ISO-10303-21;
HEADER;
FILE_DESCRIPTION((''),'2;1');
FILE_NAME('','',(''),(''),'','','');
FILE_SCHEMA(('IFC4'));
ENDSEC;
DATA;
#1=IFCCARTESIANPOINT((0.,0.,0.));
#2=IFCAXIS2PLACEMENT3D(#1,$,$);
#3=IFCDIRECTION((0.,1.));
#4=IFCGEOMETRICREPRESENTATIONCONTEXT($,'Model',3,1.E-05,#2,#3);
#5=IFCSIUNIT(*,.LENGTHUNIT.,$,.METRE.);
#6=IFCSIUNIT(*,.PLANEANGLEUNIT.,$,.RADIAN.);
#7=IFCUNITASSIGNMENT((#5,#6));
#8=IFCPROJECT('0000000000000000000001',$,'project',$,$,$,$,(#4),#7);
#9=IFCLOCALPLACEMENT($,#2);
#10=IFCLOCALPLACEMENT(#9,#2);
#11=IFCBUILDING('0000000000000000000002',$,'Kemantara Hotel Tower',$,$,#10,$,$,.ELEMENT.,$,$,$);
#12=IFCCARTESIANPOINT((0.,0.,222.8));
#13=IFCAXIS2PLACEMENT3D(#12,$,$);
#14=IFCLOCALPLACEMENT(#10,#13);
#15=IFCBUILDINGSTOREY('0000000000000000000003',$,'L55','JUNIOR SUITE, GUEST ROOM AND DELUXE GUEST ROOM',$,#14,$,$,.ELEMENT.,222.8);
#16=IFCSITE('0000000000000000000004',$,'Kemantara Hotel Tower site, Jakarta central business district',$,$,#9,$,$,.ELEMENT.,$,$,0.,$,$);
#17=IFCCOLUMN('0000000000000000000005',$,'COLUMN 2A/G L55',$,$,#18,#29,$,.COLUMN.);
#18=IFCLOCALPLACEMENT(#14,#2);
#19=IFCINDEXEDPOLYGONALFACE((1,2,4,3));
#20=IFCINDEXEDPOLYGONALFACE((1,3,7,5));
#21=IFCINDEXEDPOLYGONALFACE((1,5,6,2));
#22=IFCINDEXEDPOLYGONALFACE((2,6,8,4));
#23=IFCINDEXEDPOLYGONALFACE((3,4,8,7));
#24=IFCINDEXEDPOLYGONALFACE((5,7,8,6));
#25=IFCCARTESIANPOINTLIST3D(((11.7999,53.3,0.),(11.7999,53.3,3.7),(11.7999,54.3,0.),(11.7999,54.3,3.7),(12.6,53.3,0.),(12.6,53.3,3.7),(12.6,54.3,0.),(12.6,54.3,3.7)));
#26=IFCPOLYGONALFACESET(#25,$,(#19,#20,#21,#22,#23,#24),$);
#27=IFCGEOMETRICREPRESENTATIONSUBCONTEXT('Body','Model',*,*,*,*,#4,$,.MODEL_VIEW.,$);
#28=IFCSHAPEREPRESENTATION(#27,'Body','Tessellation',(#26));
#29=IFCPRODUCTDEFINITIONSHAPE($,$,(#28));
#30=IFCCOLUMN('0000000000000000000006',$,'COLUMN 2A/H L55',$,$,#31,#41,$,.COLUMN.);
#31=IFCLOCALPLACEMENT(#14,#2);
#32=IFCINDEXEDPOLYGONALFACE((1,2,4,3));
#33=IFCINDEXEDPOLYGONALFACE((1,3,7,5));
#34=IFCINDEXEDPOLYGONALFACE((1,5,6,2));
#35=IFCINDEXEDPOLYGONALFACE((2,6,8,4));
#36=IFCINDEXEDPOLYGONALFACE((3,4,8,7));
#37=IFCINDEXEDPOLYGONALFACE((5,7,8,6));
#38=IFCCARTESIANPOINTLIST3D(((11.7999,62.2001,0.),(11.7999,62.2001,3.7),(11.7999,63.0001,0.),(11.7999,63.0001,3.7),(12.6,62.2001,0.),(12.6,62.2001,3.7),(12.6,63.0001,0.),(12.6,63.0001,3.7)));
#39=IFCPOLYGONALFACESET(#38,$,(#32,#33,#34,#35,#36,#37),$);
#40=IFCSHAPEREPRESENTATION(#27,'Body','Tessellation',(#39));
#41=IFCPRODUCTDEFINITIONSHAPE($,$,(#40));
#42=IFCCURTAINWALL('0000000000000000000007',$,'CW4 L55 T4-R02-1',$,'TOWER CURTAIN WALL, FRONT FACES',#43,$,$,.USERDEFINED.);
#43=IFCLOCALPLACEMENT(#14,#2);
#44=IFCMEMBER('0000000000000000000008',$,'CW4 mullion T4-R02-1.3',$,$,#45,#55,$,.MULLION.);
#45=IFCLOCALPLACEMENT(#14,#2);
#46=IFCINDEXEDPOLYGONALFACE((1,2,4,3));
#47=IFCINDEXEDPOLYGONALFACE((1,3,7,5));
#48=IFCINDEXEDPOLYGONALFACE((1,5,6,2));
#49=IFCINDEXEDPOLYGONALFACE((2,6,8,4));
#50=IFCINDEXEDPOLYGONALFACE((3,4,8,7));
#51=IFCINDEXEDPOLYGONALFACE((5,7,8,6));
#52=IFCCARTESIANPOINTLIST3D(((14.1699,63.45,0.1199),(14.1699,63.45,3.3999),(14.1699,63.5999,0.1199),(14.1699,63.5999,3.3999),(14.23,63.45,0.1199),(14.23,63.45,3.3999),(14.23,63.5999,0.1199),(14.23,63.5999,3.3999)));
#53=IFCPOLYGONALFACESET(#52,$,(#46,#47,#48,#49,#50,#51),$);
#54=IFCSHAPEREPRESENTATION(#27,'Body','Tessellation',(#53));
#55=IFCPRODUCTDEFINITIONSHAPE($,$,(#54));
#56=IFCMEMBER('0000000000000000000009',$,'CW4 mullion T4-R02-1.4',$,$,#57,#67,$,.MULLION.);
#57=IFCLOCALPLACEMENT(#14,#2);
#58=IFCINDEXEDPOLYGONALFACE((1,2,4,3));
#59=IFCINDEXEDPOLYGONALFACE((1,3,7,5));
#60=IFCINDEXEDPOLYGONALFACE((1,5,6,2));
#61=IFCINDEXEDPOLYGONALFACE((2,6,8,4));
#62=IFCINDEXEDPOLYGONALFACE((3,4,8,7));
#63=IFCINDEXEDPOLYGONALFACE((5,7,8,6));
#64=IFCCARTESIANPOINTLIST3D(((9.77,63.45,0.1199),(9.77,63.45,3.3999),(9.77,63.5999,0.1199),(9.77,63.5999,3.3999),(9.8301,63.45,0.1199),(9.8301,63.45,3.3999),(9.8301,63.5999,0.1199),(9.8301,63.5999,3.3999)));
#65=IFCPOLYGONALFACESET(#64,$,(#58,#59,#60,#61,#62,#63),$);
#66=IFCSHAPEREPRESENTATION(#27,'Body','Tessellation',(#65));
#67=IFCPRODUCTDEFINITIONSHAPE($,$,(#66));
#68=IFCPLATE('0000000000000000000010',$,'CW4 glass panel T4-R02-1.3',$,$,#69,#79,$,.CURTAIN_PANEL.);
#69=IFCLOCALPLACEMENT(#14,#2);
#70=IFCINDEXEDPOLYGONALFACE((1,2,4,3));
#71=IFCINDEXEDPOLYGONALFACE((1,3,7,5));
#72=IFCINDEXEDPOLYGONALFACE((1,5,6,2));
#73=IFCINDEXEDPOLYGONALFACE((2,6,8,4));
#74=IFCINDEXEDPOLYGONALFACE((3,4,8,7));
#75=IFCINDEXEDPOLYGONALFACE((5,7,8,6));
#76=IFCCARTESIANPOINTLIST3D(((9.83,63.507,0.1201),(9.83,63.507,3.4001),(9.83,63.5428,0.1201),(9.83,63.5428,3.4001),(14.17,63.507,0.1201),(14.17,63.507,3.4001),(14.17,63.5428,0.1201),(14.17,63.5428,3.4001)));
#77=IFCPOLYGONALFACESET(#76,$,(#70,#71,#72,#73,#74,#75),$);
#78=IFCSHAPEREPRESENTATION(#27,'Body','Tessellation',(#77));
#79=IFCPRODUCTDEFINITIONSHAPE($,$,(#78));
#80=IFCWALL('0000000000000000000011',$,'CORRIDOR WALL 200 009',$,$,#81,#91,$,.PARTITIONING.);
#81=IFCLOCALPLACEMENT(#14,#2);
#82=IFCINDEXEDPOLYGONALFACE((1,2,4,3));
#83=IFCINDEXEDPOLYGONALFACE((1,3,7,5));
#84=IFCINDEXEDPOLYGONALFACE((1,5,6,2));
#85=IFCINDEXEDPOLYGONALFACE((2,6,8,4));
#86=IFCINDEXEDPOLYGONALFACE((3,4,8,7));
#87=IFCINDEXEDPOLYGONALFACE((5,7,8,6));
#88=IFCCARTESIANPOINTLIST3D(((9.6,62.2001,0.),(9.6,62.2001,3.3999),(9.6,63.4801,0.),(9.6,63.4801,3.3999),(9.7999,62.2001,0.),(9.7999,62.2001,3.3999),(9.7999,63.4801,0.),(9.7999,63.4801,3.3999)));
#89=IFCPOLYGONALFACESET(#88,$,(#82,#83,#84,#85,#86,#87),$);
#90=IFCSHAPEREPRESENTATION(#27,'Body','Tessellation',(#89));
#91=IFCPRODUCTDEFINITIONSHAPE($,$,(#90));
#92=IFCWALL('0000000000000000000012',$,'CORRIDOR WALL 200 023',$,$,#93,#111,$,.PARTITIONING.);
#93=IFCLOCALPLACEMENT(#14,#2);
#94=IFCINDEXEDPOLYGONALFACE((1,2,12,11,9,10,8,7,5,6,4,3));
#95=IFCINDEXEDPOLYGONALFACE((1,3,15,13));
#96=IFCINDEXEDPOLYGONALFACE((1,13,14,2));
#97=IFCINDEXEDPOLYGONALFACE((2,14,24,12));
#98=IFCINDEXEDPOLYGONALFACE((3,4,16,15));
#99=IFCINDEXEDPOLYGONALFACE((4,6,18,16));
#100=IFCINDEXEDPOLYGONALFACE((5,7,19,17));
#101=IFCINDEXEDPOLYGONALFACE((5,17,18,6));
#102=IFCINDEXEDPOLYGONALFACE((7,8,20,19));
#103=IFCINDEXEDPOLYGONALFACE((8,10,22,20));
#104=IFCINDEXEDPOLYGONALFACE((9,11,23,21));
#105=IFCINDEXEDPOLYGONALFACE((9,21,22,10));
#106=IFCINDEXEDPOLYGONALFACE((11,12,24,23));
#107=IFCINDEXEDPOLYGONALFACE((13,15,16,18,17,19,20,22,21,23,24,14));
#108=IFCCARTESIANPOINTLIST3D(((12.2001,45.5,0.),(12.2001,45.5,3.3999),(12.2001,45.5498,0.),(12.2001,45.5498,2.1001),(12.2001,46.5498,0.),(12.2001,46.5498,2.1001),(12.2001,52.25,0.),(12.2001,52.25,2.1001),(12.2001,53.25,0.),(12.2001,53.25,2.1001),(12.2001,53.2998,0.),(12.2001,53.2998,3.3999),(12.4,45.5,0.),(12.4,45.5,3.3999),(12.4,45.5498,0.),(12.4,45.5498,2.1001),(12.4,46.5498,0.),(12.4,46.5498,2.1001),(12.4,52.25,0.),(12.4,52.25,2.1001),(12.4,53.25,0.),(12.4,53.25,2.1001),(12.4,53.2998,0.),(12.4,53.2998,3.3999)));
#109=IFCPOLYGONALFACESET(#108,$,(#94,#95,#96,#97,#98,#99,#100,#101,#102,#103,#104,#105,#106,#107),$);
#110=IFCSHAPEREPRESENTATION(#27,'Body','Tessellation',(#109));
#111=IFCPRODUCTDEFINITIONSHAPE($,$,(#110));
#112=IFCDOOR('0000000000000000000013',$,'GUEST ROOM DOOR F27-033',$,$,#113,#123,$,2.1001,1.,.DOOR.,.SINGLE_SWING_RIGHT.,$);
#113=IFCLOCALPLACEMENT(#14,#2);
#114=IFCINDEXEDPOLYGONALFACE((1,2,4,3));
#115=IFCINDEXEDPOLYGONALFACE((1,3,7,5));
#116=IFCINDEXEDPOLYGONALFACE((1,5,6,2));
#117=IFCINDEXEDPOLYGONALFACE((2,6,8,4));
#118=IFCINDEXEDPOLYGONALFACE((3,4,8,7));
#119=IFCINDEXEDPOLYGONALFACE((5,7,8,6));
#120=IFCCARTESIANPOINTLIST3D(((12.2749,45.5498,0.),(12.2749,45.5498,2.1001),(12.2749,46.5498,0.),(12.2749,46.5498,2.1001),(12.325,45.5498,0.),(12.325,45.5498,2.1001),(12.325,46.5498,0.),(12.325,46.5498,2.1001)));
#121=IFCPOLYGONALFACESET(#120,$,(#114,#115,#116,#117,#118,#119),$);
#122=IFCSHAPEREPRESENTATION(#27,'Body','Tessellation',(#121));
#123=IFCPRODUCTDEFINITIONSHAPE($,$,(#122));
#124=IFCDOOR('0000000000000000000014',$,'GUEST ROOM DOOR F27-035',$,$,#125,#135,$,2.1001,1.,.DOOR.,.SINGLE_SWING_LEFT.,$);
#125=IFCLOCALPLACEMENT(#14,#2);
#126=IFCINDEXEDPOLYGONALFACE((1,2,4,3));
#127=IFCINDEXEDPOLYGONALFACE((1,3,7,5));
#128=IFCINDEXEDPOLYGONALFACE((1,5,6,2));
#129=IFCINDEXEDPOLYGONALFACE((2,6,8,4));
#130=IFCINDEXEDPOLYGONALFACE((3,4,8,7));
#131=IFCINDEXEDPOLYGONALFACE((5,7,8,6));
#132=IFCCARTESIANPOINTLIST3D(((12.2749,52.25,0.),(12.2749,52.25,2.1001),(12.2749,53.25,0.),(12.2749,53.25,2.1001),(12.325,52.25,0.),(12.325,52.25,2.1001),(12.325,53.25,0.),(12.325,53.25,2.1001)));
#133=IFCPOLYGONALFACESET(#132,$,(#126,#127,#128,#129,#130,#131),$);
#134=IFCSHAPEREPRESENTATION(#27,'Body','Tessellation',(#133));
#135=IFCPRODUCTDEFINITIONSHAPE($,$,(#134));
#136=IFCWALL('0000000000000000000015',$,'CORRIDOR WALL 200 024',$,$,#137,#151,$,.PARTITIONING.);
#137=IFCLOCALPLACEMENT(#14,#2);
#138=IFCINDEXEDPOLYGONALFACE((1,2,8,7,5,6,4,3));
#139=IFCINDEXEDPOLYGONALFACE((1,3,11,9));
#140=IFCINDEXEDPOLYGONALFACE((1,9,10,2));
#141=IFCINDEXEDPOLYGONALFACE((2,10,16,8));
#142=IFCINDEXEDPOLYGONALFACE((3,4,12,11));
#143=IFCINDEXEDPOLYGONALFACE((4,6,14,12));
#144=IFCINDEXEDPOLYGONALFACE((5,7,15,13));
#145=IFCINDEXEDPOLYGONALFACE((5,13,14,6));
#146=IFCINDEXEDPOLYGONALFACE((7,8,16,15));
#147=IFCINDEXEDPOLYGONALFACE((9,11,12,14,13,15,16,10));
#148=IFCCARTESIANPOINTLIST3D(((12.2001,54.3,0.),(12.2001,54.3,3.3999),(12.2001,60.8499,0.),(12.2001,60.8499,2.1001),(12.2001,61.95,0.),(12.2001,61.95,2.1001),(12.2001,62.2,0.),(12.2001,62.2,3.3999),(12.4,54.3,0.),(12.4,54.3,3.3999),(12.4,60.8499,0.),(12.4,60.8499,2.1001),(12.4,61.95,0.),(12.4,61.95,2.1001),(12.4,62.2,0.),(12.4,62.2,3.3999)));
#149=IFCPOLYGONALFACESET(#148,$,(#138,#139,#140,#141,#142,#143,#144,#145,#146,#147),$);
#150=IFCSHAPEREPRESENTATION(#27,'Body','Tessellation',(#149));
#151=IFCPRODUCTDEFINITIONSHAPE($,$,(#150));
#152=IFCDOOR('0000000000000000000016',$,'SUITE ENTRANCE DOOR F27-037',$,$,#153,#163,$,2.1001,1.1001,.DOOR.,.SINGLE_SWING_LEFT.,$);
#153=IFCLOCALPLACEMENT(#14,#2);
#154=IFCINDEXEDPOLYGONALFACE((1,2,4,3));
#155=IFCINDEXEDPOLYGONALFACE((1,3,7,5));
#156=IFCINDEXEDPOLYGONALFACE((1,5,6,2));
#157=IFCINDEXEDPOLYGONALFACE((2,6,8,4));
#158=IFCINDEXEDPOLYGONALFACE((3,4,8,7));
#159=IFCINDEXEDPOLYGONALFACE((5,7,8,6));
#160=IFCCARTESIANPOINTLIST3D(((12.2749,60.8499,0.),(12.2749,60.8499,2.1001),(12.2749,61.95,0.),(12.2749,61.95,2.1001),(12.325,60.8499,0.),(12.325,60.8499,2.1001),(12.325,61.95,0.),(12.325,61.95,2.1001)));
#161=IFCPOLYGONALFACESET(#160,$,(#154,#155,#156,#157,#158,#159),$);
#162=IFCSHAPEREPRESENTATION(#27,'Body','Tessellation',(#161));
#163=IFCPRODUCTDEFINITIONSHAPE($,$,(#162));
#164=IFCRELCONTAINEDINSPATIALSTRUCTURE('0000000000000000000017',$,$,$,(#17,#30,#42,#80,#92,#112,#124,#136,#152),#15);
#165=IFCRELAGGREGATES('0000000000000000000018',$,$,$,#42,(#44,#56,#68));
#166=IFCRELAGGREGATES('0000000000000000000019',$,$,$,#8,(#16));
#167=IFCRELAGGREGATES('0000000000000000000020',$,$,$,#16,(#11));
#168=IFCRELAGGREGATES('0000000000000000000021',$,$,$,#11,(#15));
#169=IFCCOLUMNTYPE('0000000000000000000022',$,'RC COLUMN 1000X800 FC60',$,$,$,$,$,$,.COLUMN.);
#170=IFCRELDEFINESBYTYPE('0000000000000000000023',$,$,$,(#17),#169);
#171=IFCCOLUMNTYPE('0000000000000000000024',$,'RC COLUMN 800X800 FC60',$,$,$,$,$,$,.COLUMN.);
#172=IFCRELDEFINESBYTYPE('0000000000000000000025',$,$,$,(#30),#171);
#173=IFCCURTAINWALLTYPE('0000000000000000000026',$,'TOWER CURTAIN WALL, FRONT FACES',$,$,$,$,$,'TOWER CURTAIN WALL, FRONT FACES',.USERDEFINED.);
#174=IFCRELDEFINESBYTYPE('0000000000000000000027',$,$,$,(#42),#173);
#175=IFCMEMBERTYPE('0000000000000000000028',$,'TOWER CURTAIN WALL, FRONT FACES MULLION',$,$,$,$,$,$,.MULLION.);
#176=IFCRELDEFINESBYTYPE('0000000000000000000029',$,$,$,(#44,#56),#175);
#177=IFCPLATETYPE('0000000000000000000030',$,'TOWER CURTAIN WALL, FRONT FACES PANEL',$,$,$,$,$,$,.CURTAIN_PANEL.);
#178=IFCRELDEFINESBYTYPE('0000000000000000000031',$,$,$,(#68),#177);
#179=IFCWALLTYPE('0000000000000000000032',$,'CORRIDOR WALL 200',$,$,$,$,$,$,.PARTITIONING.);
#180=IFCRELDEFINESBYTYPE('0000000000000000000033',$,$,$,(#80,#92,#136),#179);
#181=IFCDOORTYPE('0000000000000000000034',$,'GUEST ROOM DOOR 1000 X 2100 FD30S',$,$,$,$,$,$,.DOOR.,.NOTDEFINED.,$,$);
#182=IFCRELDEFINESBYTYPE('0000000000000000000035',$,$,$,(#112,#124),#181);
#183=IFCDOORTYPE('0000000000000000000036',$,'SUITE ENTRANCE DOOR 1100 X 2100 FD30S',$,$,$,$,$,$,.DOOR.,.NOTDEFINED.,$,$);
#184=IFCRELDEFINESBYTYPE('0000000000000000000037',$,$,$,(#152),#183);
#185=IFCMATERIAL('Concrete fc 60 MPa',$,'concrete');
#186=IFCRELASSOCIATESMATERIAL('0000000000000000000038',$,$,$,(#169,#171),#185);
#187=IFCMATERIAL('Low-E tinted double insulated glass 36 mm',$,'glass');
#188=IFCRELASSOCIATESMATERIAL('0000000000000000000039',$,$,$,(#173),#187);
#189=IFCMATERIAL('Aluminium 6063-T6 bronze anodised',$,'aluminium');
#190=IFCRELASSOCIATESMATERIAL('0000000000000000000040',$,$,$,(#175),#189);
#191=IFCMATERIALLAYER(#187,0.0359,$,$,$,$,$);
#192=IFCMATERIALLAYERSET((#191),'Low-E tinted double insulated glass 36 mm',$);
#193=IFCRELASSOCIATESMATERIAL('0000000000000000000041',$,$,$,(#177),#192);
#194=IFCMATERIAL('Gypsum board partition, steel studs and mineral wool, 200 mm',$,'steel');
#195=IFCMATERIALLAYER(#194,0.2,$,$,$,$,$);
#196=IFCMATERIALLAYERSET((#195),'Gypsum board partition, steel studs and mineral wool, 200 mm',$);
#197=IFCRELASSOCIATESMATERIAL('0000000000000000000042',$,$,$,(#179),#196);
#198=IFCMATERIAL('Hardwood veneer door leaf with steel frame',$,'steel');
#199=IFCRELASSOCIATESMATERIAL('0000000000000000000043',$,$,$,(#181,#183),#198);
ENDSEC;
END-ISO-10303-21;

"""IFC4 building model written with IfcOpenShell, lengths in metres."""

from ifc_helpers import new_model, si_unit, direction, frame, frame_2d, origin, origin_2d, place, context, subcontext, project, spatial, rectangle, extrude, source, transform, mapped, material, layer, layer_set, material_profile, profile_set, type_object, element, fill, aggregate, save


model = new_model("IFC4")

# Units and contexts
model_context = context("Model", 3, precision=1e-05, world=origin(), true_north=direction((0.0, 1.0)))
body_context = subcontext(model_context, "Body", "Model", "MODEL_VIEW")
ifc_project = project(units=[si_unit("LENGTHUNIT", "METRE"), si_unit("PLANEANGLEUNIT", "RADIAN")], contexts=[model_context])

# Site, building, storey
site_placement = place(None, origin())
site = spatial("IfcSite", under=ifc_project, at=site_placement, Name="Kemantara Hotel Tower site, Jakarta central business district", CompositionType="ELEMENT", RefElevation=0.0)
building_placement = place(site_placement, origin())
building = spatial("IfcBuilding", under=site, at=building_placement, Name="Kemantara Hotel Tower", CompositionType="ELEMENT")
storey_placement = place(building_placement, frame((0.0, 0.0, 222.8)))
storey = spatial("IfcBuildingStorey", under=building, at=storey_placement, Name="L55", Description="JUNIOR SUITE, GUEST ROOM AND DELUXE GUEST ROOM", CompositionType="ELEMENT", Elevation=222.8)

# Columns
ifc_material_1 = material(Name="Concrete fc 60 MPa", Category="concrete")
ifc_material_profile_1 = material_profile(ifc_material_1, rectangle(XDim=1.0, YDim=0.8, at=origin_2d()), Name="RC 1000X800")
ifc_profile_set_1 = profile_set([ifc_material_profile_1], Name="Concrete fc 60 MPa")
column_type_1 = type_object("IfcColumnType", Name="RC COLUMN 1000X800 FC60", PredefinedType="COLUMN", material=ifc_profile_set_1)
column_1_placement = place(storey_placement, frame((12.2, 53.8, 0.0), z_axis=(0.0, 0.0, 1.0), x_axis=(0.0, 1.0, 0.0)))
element("IfcColumn", 1, at=column_1_placement, inside=storey, type_object=column_type_1, Name="COLUMN 2A/G L55", PredefinedType="COLUMN", context=body_context, shape_type="SweptSolid", body=[
    extrude(rectangle(XDim=1.0, YDim=0.8, at=origin_2d()), origin(), (0.0, 0.0, 1.0), 3.7),
])
ifc_material_profile_2 = material_profile(ifc_material_1, rectangle(XDim=0.8, YDim=0.8, at=origin_2d()), Name="RC 800X800")
ifc_profile_set_2 = profile_set([ifc_material_profile_2], Name="Concrete fc 60 MPa")
column_type_2 = type_object("IfcColumnType", Name="RC COLUMN 800X800 FC60", PredefinedType="COLUMN", material=ifc_profile_set_2)
column_2_placement = place(storey_placement, frame((12.2, 62.6001, 0.0), z_axis=(0.0, 0.0, 1.0), x_axis=(1.0, 0.0, 0.0)))
element("IfcColumn", 2, at=column_2_placement, inside=storey, type_object=column_type_2, Name="COLUMN 2A/H L55", PredefinedType="COLUMN", context=body_context, shape_type="SweptSolid", body=[
    extrude(rectangle(XDim=0.8, YDim=0.8, at=origin_2d()), origin(), (0.0, 0.0, 1.0), 3.7),
])

# Curtain wall, members, plate
ifc_material_2 = material(Name="Low-E tinted double insulated glass 36 mm", Category="glass")
curtain_wall_type = type_object("IfcCurtainWallType", Name="TOWER CURTAIN WALL, FRONT FACES", ElementType="TOWER CURTAIN WALL, FRONT FACES", PredefinedType="USERDEFINED", material=ifc_material_2)
curtain_wall_placement = place(storey_placement, origin())
curtain_wall = element("IfcCurtainWall", 3, at=curtain_wall_placement, inside=storey, type_object=curtain_wall_type, Name="CW4 L55 T4-R02-1", ObjectType="TOWER CURTAIN WALL, FRONT FACES", PredefinedType="USERDEFINED")
ifc_material_3 = material(Name="Aluminium 6063-T6 bronze anodised", Category="aluminium")
ifc_material_profile_3 = material_profile(ifc_material_3, rectangle(XDim=0.1499, YDim=0.0601, at=origin_2d()), Name="TOWER CURTAIN WALL, FRONT FACES MULLION")
ifc_profile_set_3 = profile_set([ifc_material_profile_3], Name="Aluminium 6063-T6 bronze anodised")
member_type = type_object("IfcMemberType", Name="TOWER CURTAIN WALL, FRONT FACES MULLION", PredefinedType="MULLION", material=ifc_profile_set_3)
shared_shape_1 = source(origin(), body_context, "Body", "SweptSolid", [
    extrude(rectangle(XDim=0.1499, YDim=0.0601, at=origin_2d()), origin(), (0.0, 0.0, 1.0), 3.28),
])
member_1_placement = place(storey_placement, frame((14.2, 63.5249, 0.1199), z_axis=(0.0, 0.0, 1.0), x_axis=(0.0, -1.0, 0.0)))
member_1 = element("IfcMember", 4, at=member_1_placement, type_object=member_type, Name="CW4 mullion T4-R02-1.3", PredefinedType="MULLION", context=body_context, shape_type="MappedRepresentation", body=[
    mapped(shared_shape_1, transform((0.0, 0.0, 0.0))),
])
member_2_placement = place(storey_placement, frame((9.8, 63.5249, 0.1199), z_axis=(0.0, 0.0, 1.0), x_axis=(0.0, -1.0, 0.0)))
member_2 = element("IfcMember", 5, at=member_2_placement, type_object=member_type, Name="CW4 mullion T4-R02-1.4", PredefinedType="MULLION", context=body_context, shape_type="MappedRepresentation", body=[
    mapped(shared_shape_1, transform((0.0, 0.0, 0.0))),
])
ifc_layer_1 = layer(ifc_material_2, 0.0359)
ifc_layer_set_1 = layer_set([ifc_layer_1], Name="Low-E tinted double insulated glass 36 mm")
plate_type = type_object("IfcPlateType", Name="TOWER CURTAIN WALL, FRONT FACES PANEL", PredefinedType="CURTAIN_PANEL", material=ifc_layer_set_1)
shared_shape_2 = source(origin(), body_context, "Body", "SweptSolid", [
    extrude(rectangle(XDim=4.3401, YDim=0.0359, at=origin_2d()), origin(), (0.0, 0.0, 1.0), 3.28),
])
plate_placement = place(storey_placement, frame((12.0, 63.5249, 0.1201), z_axis=(0.0, 0.0, 1.0), x_axis=(-1.0, 0.0, 0.0)))
plate = element("IfcPlate", 6, at=plate_placement, type_object=plate_type, Name="CW4 glass panel T4-R02-1.3", PredefinedType="CURTAIN_PANEL", context=body_context, shape_type="MappedRepresentation", body=[
    mapped(shared_shape_2, transform((0.0, 0.0, 0.0))),
])
aggregate(curtain_wall, [member_1, member_2, plate])

# Wall
ifc_material_4 = material(Name="Gypsum board partition, steel studs and mineral wool, 200 mm", Category="steel")
ifc_layer_2 = layer(ifc_material_4, 0.2)
ifc_layer_set_2 = layer_set([ifc_layer_2], Name="Gypsum board partition, steel studs and mineral wool, 200 mm")
wall_type_1 = type_object("IfcWallType", Name="CORRIDOR WALL 200", PredefinedType="PARTITIONING", material=ifc_layer_set_2)
wall_1_placement = place(storey_placement, frame((9.7, 62.2, 0.0), z_axis=(0.0, 0.0, 1.0), x_axis=(0.0, 1.0, 0.0)))
element("IfcWall", 7, at=wall_1_placement, inside=storey, type_object=wall_type_1, Name="CORRIDOR WALL 200 009", PredefinedType="PARTITIONING", context=body_context, shape_type="SweptSolid", body=[
    extrude(rectangle(XDim=1.28, YDim=0.2, at=frame_2d((0.6401, 0.0))), origin(), (0.0, 0.0, 1.0), 3.3999),
])

# Wall, openings, doors
wall_2_placement = place(storey_placement, frame((12.3, 53.2998, 0.0), z_axis=(0.0, 0.0, 1.0), x_axis=(0.0, -1.0, 0.0)))
wall_2 = element("IfcWall", 8, at=wall_2_placement, inside=storey, type_object=wall_type_1, Name="CORRIDOR WALL 200 023", PredefinedType="PARTITIONING", context=body_context, shape_type="SweptSolid", body=[
    extrude(rectangle(XDim=7.7998, YDim=0.2, at=frame_2d((3.8999, 0.0))), origin(), (0.0, 0.0, 1.0), 3.3999),
])
opening_1_placement = place(wall_2_placement, frame((6.75, 0.0, 0.0)))
opening_1 = element("IfcOpeningElement", 9, at=opening_1_placement, cuts=wall_2, PredefinedType="OPENING", context=body_context, shape_type="SweptSolid", body=[
    extrude(rectangle(XDim=1.0, YDim=2.1001, at=frame_2d((0.5, 1.05))), frame((0.0, 0.1099, 0.0), z_axis=(0.0, -1.0, 0.0), x_axis=(1.0, 0.0, 0.0)), (0.0, 0.0, 1.0), 0.22),
])
opening_2_placement = place(wall_2_placement, frame((0.0498, 0.0, 0.0)))
opening_2 = element("IfcOpeningElement", 10, at=opening_2_placement, cuts=wall_2, PredefinedType="OPENING", context=body_context, shape_type="SweptSolid", body=[
    extrude(rectangle(XDim=1.0, YDim=2.1001, at=frame_2d((0.5, 1.05))), frame((0.0, 0.1099, 0.0), z_axis=(0.0, -1.0, 0.0), x_axis=(1.0, 0.0, 0.0)), (0.0, 0.0, 1.0), 0.22),
])
ifc_material_5 = material(Name="Hardwood veneer door leaf with steel frame", Category="steel")
door_type_1 = type_object("IfcDoorType", Name="GUEST ROOM DOOR 1000 X 2100 FD30S", OperationType="NOTDEFINED", PredefinedType="DOOR", material=ifc_material_5)
door_1_placement = place(opening_1_placement, origin())
door_1 = element("IfcDoor", 11, at=door_1_placement, inside=storey, type_object=door_type_1, Name="GUEST ROOM DOOR F27-033", OperationType="SINGLE_SWING_RIGHT", OverallHeight=2.1001, OverallWidth=1.0, PredefinedType="DOOR", context=body_context, shape_type="SweptSolid", body=[
    extrude(rectangle(XDim=1.0, YDim=2.1001, at=frame_2d((0.5, 1.05))), frame((0.0, 0.0249, 0.0), z_axis=(0.0, -1.0, 0.0), x_axis=(1.0, 0.0, 0.0)), (0.0, 0.0, 1.0), 0.05),
])
fill(opening_1, door_1)
door_2_placement = place(opening_2_placement, origin())
door_2 = element("IfcDoor", 12, at=door_2_placement, inside=storey, type_object=door_type_1, Name="GUEST ROOM DOOR F27-035", OperationType="SINGLE_SWING_LEFT", OverallHeight=2.1001, OverallWidth=1.0, PredefinedType="DOOR", context=body_context, shape_type="SweptSolid", body=[
    extrude(rectangle(XDim=1.0, YDim=2.1001, at=frame_2d((0.5, 1.05))), frame((0.0, 0.0249, 0.0), z_axis=(0.0, -1.0, 0.0), x_axis=(1.0, 0.0, 0.0)), (0.0, 0.0, 1.0), 0.05),
])
fill(opening_2, door_2)

# Wall, opening, door
wall_3_placement = place(storey_placement, frame((12.3, 62.2, 0.0), z_axis=(0.0, 0.0, 1.0), x_axis=(0.0, -1.0, 0.0)))
wall_3 = element("IfcWall", 13, at=wall_3_placement, inside=storey, type_object=wall_type_1, Name="CORRIDOR WALL 200 024", PredefinedType="PARTITIONING", context=body_context, shape_type="SweptSolid", body=[
    extrude(rectangle(XDim=7.8999, YDim=0.2, at=frame_2d((3.95, 0.0))), origin(), (0.0, 0.0, 1.0), 3.3999),
])
opening_3_placement = place(wall_3_placement, frame((0.25, 0.0, 0.0)))
opening_3 = element("IfcOpeningElement", 14, at=opening_3_placement, cuts=wall_3, PredefinedType="OPENING", context=body_context, shape_type="SweptSolid", body=[
    extrude(rectangle(XDim=1.1001, YDim=2.1001, at=frame_2d((0.55, 1.05))), frame((0.0, 0.1099, 0.0), z_axis=(0.0, -1.0, 0.0), x_axis=(1.0, 0.0, 0.0)), (0.0, 0.0, 1.0), 0.22),
])
door_type_2 = type_object("IfcDoorType", Name="SUITE ENTRANCE DOOR 1100 X 2100 FD30S", OperationType="NOTDEFINED", PredefinedType="DOOR", material=ifc_material_5)
door_3_placement = place(opening_3_placement, origin())
door_3 = element("IfcDoor", 15, at=door_3_placement, inside=storey, type_object=door_type_2, Name="SUITE ENTRANCE DOOR F27-037", OperationType="SINGLE_SWING_LEFT", OverallHeight=2.1001, OverallWidth=1.1001, PredefinedType="DOOR", context=body_context, shape_type="SweptSolid", body=[
    extrude(rectangle(XDim=1.1001, YDim=2.1001, at=frame_2d((0.55, 1.05))), frame((0.0, 0.0249, 0.0), z_axis=(0.0, -1.0, 0.0), x_axis=(1.0, 0.0, 0.0)), (0.0, 0.0, 1.0), 0.05),
])
fill(opening_3, door_3)

save(model, "model.ifc")
